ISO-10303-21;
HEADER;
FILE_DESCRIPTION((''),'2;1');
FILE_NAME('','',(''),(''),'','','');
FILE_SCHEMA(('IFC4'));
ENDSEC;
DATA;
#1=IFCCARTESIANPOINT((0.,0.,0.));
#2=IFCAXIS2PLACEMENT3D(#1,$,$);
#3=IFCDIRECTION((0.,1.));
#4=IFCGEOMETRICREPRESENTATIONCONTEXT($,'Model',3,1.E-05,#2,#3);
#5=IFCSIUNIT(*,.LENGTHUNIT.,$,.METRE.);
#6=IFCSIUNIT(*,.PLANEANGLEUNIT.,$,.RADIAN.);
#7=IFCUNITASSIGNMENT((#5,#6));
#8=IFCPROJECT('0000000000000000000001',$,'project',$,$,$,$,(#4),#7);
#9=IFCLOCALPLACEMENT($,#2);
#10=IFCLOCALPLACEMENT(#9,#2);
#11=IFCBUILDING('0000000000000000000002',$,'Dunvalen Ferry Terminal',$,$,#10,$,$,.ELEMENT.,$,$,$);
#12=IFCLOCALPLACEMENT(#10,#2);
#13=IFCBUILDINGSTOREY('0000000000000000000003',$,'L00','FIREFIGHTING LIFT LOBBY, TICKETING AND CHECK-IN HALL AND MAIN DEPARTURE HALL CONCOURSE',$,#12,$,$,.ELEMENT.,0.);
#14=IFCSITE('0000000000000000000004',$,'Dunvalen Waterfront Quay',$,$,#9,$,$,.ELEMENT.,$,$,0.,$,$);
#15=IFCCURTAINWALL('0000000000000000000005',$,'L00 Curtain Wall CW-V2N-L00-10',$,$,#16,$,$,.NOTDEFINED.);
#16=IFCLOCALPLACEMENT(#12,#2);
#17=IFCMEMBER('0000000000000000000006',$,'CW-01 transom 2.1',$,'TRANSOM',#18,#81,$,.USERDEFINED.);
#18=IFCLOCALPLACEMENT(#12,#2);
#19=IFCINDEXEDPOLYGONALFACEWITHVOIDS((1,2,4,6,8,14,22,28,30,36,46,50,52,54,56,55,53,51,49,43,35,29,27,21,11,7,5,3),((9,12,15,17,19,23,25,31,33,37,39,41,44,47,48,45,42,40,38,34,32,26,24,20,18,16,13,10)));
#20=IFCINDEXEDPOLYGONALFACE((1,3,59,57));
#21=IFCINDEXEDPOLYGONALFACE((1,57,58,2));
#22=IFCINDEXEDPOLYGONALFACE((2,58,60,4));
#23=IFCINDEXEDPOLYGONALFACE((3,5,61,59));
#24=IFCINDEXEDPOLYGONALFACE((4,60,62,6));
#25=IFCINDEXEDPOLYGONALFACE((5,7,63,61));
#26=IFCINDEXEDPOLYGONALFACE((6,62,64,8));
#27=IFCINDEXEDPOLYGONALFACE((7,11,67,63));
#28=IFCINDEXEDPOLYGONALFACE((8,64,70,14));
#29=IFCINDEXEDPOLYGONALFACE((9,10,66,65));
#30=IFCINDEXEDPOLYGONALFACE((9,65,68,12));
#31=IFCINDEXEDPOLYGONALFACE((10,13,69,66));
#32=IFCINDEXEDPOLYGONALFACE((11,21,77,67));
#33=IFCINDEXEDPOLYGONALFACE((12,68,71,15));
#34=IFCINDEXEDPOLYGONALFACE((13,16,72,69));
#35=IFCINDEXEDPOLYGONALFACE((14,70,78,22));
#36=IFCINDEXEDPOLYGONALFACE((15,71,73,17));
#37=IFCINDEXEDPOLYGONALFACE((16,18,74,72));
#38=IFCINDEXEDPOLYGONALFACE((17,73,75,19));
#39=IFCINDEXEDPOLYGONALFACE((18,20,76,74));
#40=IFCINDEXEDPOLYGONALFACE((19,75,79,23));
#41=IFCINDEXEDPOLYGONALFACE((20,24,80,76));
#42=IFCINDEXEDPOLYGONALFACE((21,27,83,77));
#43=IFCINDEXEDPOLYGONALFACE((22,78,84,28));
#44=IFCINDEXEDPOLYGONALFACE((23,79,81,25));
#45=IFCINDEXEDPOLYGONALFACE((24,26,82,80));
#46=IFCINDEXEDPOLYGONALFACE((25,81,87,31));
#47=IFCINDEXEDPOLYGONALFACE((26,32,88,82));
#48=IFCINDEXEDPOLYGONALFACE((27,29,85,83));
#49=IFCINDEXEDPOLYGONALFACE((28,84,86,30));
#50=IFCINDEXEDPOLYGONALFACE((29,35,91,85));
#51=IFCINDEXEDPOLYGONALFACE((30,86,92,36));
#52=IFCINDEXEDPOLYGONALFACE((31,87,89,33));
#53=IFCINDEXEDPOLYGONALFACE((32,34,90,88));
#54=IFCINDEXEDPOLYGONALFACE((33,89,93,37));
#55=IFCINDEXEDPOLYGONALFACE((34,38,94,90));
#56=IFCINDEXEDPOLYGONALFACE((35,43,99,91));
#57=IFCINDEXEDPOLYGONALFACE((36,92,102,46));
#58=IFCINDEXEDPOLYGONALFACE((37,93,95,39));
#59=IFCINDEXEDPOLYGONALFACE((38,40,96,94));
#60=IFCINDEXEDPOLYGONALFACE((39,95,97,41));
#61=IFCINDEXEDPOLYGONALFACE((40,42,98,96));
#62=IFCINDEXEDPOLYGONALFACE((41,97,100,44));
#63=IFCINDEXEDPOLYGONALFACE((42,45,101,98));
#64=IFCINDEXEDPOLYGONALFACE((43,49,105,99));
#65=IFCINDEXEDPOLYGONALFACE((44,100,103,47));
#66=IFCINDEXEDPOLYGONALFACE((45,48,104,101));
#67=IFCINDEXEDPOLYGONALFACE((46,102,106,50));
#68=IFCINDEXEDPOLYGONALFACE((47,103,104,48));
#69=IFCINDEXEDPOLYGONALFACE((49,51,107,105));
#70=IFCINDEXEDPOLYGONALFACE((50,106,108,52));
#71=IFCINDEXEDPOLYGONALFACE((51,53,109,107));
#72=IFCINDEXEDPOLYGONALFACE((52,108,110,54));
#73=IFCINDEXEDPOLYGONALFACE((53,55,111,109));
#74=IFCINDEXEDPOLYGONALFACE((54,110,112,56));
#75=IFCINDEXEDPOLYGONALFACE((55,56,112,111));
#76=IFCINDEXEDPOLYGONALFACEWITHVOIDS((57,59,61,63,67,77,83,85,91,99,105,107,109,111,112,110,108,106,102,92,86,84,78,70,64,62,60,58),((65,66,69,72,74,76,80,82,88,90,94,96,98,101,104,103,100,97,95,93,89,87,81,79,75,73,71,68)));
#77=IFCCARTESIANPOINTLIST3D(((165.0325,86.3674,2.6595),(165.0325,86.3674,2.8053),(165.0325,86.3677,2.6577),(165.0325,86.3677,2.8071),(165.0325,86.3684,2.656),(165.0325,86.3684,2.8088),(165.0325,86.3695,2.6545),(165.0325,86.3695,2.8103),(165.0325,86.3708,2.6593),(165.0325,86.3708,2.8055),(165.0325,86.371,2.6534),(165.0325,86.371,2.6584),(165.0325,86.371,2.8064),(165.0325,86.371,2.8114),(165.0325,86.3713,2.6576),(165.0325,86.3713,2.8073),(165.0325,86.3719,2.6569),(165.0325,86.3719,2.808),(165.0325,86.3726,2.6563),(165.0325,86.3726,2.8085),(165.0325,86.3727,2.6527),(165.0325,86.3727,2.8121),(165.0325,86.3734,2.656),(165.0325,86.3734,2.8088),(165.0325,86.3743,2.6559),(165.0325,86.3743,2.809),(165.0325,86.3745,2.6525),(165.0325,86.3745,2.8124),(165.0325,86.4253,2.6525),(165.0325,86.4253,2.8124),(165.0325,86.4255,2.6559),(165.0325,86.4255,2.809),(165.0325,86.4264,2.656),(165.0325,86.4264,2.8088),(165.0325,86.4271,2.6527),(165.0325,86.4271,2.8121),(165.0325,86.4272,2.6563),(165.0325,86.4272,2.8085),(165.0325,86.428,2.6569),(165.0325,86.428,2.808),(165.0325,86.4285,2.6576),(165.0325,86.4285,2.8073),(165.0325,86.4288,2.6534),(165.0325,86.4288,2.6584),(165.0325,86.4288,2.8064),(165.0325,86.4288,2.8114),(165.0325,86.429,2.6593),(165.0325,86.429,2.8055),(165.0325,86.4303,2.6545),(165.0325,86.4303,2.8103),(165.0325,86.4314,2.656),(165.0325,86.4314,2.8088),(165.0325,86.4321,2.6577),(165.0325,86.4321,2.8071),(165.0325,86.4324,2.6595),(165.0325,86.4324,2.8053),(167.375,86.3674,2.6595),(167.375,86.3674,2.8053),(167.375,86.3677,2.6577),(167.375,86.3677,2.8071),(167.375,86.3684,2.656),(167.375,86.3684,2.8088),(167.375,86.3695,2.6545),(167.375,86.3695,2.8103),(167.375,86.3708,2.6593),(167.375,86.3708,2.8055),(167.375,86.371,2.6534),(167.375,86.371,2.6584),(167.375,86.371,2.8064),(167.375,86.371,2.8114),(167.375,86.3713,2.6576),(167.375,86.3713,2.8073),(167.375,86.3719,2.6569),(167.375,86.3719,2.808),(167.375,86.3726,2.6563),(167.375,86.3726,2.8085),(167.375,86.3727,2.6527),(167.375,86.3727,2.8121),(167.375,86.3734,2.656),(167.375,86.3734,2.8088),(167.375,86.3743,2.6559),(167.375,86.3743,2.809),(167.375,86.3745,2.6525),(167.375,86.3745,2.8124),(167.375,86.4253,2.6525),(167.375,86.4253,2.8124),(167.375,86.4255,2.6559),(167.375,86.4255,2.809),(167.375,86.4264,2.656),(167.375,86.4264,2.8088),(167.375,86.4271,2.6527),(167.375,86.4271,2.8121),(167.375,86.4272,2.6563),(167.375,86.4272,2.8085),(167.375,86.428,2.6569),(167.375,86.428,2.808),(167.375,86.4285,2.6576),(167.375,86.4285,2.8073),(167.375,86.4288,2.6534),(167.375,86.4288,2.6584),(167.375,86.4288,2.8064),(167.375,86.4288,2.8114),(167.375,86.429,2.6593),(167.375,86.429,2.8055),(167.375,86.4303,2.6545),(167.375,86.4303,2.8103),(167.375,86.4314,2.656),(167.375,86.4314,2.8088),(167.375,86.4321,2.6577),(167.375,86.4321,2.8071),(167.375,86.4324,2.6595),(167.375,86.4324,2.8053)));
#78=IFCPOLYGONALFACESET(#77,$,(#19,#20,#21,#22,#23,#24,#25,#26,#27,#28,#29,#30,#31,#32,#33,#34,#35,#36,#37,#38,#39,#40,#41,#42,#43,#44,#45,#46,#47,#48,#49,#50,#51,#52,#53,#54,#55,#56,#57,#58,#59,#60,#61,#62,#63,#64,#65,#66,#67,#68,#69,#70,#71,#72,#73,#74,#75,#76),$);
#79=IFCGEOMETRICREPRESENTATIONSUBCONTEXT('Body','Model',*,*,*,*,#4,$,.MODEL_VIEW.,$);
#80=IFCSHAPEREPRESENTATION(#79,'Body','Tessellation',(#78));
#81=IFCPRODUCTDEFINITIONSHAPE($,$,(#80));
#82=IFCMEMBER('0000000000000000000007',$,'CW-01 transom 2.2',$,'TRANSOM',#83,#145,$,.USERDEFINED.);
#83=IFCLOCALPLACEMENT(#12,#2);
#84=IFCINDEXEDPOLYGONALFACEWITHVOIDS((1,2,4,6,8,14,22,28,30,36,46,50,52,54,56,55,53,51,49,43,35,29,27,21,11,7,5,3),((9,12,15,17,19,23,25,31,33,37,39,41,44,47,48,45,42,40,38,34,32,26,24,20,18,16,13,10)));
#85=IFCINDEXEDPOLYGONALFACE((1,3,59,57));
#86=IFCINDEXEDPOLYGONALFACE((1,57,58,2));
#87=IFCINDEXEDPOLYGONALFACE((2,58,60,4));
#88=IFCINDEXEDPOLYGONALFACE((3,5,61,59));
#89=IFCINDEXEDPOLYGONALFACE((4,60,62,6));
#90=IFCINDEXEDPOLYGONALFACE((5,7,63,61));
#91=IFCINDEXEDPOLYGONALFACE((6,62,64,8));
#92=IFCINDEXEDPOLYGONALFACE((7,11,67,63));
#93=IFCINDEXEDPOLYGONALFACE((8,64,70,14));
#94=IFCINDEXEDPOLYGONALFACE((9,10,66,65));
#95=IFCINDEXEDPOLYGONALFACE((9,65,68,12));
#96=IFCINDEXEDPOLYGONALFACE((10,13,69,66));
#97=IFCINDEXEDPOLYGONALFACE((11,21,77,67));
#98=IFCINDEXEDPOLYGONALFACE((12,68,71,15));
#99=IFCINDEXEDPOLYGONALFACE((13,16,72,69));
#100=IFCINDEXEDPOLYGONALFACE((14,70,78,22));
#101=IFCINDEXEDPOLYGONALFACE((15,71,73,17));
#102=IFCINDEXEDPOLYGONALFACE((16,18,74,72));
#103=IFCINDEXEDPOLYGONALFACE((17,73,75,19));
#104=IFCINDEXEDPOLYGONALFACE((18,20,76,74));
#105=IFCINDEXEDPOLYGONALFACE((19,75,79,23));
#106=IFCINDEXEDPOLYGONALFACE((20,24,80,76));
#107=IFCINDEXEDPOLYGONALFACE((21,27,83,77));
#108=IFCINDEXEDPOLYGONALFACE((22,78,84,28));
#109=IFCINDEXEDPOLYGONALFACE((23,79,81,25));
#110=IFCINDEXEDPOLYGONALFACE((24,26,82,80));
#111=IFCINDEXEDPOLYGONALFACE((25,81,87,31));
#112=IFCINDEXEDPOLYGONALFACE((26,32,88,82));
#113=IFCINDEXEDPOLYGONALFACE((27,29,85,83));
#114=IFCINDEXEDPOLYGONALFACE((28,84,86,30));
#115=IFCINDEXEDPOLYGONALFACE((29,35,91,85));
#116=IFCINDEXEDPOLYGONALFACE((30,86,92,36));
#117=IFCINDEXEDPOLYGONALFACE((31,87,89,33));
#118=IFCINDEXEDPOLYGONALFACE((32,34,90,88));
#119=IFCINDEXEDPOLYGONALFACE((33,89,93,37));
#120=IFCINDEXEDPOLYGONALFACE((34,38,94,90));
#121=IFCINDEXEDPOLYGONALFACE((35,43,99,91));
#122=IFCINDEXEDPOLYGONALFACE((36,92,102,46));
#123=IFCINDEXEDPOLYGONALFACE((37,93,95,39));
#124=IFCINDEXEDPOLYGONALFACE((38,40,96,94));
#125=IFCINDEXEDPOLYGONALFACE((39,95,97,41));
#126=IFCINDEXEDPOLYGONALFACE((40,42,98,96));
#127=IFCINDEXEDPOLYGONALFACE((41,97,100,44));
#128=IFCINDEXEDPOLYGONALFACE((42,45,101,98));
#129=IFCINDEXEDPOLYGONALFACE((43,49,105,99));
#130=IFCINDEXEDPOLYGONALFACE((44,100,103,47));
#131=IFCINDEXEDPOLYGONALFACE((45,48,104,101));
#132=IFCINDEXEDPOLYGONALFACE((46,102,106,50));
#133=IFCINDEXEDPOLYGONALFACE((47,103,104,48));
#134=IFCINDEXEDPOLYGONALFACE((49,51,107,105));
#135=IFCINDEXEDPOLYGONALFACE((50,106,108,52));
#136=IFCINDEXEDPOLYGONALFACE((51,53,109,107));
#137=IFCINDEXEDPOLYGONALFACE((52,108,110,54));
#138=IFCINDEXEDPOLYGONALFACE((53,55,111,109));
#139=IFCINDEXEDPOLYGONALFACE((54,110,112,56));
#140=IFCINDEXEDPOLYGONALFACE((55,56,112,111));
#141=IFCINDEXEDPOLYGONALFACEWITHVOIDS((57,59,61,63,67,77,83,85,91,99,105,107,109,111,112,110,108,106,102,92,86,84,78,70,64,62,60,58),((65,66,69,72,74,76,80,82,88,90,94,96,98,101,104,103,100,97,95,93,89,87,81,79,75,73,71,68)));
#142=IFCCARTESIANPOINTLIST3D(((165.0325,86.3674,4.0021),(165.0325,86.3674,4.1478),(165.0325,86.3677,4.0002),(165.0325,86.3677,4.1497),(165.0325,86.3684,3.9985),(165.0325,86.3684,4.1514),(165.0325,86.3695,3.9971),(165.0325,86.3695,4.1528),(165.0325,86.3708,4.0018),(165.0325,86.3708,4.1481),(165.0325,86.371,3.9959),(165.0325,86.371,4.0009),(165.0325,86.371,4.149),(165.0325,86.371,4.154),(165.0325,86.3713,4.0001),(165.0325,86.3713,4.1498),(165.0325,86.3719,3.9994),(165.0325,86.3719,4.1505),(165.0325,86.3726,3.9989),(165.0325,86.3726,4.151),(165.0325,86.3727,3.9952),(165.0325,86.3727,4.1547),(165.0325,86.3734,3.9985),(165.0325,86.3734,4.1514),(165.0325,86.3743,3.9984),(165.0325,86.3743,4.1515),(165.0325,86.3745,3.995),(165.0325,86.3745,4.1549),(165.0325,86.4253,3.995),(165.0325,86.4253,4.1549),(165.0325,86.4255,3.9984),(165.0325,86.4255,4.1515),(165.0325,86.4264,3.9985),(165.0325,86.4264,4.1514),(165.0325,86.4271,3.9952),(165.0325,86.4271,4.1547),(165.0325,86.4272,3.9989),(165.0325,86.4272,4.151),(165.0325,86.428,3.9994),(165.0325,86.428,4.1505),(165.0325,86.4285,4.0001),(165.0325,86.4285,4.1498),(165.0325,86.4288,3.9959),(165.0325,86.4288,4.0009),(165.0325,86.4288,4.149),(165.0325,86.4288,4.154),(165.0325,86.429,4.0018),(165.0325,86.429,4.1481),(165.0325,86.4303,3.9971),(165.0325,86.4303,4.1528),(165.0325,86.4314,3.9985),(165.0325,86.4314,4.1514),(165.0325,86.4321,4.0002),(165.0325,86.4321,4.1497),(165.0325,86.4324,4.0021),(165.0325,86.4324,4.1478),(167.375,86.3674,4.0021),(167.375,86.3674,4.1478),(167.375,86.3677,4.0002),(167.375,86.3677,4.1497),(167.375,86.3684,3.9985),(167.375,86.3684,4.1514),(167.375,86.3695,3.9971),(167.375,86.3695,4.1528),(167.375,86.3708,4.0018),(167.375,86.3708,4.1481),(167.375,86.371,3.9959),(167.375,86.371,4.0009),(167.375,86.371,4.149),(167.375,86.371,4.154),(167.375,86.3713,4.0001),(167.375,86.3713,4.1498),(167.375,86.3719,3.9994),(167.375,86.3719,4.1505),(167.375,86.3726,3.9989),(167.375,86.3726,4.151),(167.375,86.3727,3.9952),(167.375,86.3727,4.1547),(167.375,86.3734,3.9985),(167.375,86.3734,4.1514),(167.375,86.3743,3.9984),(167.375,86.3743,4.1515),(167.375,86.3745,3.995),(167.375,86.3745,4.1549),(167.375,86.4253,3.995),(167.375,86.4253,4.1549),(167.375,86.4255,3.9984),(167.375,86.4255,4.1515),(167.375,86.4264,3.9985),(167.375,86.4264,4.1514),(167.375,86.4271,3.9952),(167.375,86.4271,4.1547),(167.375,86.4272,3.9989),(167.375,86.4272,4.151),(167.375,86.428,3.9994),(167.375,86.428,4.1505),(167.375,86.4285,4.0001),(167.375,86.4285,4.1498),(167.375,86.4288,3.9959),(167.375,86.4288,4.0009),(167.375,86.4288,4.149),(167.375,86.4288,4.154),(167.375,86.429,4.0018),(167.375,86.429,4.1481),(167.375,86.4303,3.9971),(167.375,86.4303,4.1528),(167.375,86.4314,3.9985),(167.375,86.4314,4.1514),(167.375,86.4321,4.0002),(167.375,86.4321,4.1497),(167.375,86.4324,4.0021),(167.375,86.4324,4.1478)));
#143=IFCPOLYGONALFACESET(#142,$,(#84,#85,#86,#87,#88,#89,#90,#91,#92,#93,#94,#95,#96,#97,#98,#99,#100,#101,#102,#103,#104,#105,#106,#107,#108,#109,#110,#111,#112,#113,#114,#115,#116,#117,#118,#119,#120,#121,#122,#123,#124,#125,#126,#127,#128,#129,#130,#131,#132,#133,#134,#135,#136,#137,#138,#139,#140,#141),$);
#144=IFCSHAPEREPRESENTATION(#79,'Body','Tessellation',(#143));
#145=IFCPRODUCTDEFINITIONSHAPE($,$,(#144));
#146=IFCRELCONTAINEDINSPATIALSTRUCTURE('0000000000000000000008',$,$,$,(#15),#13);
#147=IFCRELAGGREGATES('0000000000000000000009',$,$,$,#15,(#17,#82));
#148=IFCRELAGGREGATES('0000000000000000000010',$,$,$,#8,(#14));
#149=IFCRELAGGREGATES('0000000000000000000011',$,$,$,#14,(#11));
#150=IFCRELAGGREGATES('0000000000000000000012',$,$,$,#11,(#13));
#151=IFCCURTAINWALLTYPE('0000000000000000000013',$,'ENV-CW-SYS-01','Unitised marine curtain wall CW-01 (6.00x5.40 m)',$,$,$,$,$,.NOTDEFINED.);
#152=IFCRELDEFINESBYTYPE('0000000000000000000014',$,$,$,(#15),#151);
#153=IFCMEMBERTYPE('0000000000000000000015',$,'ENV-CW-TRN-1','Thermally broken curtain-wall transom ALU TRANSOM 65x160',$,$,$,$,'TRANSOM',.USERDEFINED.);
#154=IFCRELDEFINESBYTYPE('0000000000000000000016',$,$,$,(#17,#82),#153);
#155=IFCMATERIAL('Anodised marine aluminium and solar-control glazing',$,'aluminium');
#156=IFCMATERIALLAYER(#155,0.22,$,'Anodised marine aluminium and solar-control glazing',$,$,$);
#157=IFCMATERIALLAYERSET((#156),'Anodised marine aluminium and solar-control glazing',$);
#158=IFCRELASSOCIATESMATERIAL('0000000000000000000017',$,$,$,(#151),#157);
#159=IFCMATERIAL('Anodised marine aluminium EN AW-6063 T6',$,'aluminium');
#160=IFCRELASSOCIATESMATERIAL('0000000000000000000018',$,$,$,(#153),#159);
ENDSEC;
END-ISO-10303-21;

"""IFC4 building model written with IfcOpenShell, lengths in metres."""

from ifc_helpers import new_model, si_unit, direction, frame, origin, origin_2d, place, context, subcontext, project, spatial, hollow_rectangle, extrude, material, layer, layer_set, material_profile, profile_set, type_object, element, aggregate, save


model = new_model("IFC4")

# Units and contexts
model_context = context("Model", 3, precision=1e-05, world=origin(), true_north=direction((0.0, 1.0)))
body_context = subcontext(model_context, "Body", "Model", "MODEL_VIEW")
ifc_project = project(units=[si_unit("LENGTHUNIT", "METRE"), si_unit("PLANEANGLEUNIT", "RADIAN")], contexts=[model_context])

# Site, building, storey
site_placement = place(None, origin())
site = spatial("IfcSite", under=ifc_project, at=site_placement, Name="Dunvalen Waterfront Quay", CompositionType="ELEMENT", RefElevation=0.0)
building_placement = place(site_placement, origin())
building = spatial("IfcBuilding", under=site, at=building_placement, Name="Dunvalen Ferry Terminal", CompositionType="ELEMENT")
storey_placement = place(building_placement, origin())
storey = spatial("IfcBuildingStorey", under=building, at=storey_placement, Name="L00", Description="FIREFIGHTING LIFT LOBBY, TICKETING AND CHECK-IN HALL AND MAIN DEPARTURE HALL CONCOURSE", CompositionType="ELEMENT", Elevation=0.0)

# Curtain wall, members
ifc_material_1 = material(Name="Anodised marine aluminium and solar-control glazing", Category="aluminium")
ifc_layer_1 = layer(ifc_material_1, 0.22, Name="Anodised marine aluminium and solar-control glazing")
ifc_layer_set_1 = layer_set([ifc_layer_1], Name="Anodised marine aluminium and solar-control glazing")
curtain_wall_type = type_object("IfcCurtainWallType", Name="ENV-CW-SYS-01", Description="Unitised marine curtain wall CW-01 (6.00x5.40 m)", PredefinedType="NOTDEFINED", material=ifc_layer_set_1)
curtain_wall_placement = place(storey_placement, origin())
curtain_wall = element("IfcCurtainWall", 1, at=curtain_wall_placement, inside=storey, type_object=curtain_wall_type, Name="L00 Curtain Wall CW-V2N-L00-10", PredefinedType="NOTDEFINED")
ifc_material_2 = material(Name="Anodised marine aluminium EN AW-6063 T6", Category="aluminium")
ifc_material_profile_1 = material_profile(ifc_material_2, hollow_rectangle(XDim=0.0649, YDim=0.1599, WallThickness=0.0034, InnerFilletRadius=0.0034, OuterFilletRadius=0.0071, at=origin_2d()), Name="Anodised marine aluminium EN AW-6063 T6")
ifc_profile_set_1 = profile_set([ifc_material_profile_1], Name="Anodised marine aluminium EN AW-6063 T6")
member_type_1 = type_object("IfcMemberType", Name="ENV-CW-TRN-1", Description="Thermally broken curtain-wall transom ALU TRANSOM 65x160", ElementType="TRANSOM", PredefinedType="USERDEFINED", material=ifc_profile_set_1)
member_1_placement = place(storey_placement, frame((165.0325, 86.3999, 2.7324), z_axis=(1.0, 0.0, 0.0), x_axis=(0.0, 1.0, 0.0)))
member_1 = element("IfcMember", 2, at=member_1_placement, type_object=member_type_1, Name="CW-01 transom 2.1", ObjectType="TRANSOM", PredefinedType="USERDEFINED", context=body_context, shape_type="SweptSolid", body=[
    extrude(hollow_rectangle(XDim=0.0649, YDim=0.1599, WallThickness=0.0034, InnerFilletRadius=0.0034, OuterFilletRadius=0.0071, at=origin_2d()), origin(), (0.0, 0.0, 1.0), 2.3425),
])
member_2_placement = place(storey_placement, frame((165.0325, 86.3999, 4.075), z_axis=(1.0, 0.0, 0.0), x_axis=(0.0, 1.0, 0.0)))
member_2 = element("IfcMember", 3, at=member_2_placement, type_object=member_type_1, Name="CW-01 transom 2.2", ObjectType="TRANSOM", PredefinedType="USERDEFINED", context=body_context, shape_type="SweptSolid", body=[
    extrude(hollow_rectangle(XDim=0.0649, YDim=0.1599, WallThickness=0.0034, InnerFilletRadius=0.0034, OuterFilletRadius=0.0071, at=origin_2d()), origin(), (0.0, 0.0, 1.0), 2.3425),
])
aggregate(curtain_wall, [member_1, member_2])

save(model, "model.ifc")
